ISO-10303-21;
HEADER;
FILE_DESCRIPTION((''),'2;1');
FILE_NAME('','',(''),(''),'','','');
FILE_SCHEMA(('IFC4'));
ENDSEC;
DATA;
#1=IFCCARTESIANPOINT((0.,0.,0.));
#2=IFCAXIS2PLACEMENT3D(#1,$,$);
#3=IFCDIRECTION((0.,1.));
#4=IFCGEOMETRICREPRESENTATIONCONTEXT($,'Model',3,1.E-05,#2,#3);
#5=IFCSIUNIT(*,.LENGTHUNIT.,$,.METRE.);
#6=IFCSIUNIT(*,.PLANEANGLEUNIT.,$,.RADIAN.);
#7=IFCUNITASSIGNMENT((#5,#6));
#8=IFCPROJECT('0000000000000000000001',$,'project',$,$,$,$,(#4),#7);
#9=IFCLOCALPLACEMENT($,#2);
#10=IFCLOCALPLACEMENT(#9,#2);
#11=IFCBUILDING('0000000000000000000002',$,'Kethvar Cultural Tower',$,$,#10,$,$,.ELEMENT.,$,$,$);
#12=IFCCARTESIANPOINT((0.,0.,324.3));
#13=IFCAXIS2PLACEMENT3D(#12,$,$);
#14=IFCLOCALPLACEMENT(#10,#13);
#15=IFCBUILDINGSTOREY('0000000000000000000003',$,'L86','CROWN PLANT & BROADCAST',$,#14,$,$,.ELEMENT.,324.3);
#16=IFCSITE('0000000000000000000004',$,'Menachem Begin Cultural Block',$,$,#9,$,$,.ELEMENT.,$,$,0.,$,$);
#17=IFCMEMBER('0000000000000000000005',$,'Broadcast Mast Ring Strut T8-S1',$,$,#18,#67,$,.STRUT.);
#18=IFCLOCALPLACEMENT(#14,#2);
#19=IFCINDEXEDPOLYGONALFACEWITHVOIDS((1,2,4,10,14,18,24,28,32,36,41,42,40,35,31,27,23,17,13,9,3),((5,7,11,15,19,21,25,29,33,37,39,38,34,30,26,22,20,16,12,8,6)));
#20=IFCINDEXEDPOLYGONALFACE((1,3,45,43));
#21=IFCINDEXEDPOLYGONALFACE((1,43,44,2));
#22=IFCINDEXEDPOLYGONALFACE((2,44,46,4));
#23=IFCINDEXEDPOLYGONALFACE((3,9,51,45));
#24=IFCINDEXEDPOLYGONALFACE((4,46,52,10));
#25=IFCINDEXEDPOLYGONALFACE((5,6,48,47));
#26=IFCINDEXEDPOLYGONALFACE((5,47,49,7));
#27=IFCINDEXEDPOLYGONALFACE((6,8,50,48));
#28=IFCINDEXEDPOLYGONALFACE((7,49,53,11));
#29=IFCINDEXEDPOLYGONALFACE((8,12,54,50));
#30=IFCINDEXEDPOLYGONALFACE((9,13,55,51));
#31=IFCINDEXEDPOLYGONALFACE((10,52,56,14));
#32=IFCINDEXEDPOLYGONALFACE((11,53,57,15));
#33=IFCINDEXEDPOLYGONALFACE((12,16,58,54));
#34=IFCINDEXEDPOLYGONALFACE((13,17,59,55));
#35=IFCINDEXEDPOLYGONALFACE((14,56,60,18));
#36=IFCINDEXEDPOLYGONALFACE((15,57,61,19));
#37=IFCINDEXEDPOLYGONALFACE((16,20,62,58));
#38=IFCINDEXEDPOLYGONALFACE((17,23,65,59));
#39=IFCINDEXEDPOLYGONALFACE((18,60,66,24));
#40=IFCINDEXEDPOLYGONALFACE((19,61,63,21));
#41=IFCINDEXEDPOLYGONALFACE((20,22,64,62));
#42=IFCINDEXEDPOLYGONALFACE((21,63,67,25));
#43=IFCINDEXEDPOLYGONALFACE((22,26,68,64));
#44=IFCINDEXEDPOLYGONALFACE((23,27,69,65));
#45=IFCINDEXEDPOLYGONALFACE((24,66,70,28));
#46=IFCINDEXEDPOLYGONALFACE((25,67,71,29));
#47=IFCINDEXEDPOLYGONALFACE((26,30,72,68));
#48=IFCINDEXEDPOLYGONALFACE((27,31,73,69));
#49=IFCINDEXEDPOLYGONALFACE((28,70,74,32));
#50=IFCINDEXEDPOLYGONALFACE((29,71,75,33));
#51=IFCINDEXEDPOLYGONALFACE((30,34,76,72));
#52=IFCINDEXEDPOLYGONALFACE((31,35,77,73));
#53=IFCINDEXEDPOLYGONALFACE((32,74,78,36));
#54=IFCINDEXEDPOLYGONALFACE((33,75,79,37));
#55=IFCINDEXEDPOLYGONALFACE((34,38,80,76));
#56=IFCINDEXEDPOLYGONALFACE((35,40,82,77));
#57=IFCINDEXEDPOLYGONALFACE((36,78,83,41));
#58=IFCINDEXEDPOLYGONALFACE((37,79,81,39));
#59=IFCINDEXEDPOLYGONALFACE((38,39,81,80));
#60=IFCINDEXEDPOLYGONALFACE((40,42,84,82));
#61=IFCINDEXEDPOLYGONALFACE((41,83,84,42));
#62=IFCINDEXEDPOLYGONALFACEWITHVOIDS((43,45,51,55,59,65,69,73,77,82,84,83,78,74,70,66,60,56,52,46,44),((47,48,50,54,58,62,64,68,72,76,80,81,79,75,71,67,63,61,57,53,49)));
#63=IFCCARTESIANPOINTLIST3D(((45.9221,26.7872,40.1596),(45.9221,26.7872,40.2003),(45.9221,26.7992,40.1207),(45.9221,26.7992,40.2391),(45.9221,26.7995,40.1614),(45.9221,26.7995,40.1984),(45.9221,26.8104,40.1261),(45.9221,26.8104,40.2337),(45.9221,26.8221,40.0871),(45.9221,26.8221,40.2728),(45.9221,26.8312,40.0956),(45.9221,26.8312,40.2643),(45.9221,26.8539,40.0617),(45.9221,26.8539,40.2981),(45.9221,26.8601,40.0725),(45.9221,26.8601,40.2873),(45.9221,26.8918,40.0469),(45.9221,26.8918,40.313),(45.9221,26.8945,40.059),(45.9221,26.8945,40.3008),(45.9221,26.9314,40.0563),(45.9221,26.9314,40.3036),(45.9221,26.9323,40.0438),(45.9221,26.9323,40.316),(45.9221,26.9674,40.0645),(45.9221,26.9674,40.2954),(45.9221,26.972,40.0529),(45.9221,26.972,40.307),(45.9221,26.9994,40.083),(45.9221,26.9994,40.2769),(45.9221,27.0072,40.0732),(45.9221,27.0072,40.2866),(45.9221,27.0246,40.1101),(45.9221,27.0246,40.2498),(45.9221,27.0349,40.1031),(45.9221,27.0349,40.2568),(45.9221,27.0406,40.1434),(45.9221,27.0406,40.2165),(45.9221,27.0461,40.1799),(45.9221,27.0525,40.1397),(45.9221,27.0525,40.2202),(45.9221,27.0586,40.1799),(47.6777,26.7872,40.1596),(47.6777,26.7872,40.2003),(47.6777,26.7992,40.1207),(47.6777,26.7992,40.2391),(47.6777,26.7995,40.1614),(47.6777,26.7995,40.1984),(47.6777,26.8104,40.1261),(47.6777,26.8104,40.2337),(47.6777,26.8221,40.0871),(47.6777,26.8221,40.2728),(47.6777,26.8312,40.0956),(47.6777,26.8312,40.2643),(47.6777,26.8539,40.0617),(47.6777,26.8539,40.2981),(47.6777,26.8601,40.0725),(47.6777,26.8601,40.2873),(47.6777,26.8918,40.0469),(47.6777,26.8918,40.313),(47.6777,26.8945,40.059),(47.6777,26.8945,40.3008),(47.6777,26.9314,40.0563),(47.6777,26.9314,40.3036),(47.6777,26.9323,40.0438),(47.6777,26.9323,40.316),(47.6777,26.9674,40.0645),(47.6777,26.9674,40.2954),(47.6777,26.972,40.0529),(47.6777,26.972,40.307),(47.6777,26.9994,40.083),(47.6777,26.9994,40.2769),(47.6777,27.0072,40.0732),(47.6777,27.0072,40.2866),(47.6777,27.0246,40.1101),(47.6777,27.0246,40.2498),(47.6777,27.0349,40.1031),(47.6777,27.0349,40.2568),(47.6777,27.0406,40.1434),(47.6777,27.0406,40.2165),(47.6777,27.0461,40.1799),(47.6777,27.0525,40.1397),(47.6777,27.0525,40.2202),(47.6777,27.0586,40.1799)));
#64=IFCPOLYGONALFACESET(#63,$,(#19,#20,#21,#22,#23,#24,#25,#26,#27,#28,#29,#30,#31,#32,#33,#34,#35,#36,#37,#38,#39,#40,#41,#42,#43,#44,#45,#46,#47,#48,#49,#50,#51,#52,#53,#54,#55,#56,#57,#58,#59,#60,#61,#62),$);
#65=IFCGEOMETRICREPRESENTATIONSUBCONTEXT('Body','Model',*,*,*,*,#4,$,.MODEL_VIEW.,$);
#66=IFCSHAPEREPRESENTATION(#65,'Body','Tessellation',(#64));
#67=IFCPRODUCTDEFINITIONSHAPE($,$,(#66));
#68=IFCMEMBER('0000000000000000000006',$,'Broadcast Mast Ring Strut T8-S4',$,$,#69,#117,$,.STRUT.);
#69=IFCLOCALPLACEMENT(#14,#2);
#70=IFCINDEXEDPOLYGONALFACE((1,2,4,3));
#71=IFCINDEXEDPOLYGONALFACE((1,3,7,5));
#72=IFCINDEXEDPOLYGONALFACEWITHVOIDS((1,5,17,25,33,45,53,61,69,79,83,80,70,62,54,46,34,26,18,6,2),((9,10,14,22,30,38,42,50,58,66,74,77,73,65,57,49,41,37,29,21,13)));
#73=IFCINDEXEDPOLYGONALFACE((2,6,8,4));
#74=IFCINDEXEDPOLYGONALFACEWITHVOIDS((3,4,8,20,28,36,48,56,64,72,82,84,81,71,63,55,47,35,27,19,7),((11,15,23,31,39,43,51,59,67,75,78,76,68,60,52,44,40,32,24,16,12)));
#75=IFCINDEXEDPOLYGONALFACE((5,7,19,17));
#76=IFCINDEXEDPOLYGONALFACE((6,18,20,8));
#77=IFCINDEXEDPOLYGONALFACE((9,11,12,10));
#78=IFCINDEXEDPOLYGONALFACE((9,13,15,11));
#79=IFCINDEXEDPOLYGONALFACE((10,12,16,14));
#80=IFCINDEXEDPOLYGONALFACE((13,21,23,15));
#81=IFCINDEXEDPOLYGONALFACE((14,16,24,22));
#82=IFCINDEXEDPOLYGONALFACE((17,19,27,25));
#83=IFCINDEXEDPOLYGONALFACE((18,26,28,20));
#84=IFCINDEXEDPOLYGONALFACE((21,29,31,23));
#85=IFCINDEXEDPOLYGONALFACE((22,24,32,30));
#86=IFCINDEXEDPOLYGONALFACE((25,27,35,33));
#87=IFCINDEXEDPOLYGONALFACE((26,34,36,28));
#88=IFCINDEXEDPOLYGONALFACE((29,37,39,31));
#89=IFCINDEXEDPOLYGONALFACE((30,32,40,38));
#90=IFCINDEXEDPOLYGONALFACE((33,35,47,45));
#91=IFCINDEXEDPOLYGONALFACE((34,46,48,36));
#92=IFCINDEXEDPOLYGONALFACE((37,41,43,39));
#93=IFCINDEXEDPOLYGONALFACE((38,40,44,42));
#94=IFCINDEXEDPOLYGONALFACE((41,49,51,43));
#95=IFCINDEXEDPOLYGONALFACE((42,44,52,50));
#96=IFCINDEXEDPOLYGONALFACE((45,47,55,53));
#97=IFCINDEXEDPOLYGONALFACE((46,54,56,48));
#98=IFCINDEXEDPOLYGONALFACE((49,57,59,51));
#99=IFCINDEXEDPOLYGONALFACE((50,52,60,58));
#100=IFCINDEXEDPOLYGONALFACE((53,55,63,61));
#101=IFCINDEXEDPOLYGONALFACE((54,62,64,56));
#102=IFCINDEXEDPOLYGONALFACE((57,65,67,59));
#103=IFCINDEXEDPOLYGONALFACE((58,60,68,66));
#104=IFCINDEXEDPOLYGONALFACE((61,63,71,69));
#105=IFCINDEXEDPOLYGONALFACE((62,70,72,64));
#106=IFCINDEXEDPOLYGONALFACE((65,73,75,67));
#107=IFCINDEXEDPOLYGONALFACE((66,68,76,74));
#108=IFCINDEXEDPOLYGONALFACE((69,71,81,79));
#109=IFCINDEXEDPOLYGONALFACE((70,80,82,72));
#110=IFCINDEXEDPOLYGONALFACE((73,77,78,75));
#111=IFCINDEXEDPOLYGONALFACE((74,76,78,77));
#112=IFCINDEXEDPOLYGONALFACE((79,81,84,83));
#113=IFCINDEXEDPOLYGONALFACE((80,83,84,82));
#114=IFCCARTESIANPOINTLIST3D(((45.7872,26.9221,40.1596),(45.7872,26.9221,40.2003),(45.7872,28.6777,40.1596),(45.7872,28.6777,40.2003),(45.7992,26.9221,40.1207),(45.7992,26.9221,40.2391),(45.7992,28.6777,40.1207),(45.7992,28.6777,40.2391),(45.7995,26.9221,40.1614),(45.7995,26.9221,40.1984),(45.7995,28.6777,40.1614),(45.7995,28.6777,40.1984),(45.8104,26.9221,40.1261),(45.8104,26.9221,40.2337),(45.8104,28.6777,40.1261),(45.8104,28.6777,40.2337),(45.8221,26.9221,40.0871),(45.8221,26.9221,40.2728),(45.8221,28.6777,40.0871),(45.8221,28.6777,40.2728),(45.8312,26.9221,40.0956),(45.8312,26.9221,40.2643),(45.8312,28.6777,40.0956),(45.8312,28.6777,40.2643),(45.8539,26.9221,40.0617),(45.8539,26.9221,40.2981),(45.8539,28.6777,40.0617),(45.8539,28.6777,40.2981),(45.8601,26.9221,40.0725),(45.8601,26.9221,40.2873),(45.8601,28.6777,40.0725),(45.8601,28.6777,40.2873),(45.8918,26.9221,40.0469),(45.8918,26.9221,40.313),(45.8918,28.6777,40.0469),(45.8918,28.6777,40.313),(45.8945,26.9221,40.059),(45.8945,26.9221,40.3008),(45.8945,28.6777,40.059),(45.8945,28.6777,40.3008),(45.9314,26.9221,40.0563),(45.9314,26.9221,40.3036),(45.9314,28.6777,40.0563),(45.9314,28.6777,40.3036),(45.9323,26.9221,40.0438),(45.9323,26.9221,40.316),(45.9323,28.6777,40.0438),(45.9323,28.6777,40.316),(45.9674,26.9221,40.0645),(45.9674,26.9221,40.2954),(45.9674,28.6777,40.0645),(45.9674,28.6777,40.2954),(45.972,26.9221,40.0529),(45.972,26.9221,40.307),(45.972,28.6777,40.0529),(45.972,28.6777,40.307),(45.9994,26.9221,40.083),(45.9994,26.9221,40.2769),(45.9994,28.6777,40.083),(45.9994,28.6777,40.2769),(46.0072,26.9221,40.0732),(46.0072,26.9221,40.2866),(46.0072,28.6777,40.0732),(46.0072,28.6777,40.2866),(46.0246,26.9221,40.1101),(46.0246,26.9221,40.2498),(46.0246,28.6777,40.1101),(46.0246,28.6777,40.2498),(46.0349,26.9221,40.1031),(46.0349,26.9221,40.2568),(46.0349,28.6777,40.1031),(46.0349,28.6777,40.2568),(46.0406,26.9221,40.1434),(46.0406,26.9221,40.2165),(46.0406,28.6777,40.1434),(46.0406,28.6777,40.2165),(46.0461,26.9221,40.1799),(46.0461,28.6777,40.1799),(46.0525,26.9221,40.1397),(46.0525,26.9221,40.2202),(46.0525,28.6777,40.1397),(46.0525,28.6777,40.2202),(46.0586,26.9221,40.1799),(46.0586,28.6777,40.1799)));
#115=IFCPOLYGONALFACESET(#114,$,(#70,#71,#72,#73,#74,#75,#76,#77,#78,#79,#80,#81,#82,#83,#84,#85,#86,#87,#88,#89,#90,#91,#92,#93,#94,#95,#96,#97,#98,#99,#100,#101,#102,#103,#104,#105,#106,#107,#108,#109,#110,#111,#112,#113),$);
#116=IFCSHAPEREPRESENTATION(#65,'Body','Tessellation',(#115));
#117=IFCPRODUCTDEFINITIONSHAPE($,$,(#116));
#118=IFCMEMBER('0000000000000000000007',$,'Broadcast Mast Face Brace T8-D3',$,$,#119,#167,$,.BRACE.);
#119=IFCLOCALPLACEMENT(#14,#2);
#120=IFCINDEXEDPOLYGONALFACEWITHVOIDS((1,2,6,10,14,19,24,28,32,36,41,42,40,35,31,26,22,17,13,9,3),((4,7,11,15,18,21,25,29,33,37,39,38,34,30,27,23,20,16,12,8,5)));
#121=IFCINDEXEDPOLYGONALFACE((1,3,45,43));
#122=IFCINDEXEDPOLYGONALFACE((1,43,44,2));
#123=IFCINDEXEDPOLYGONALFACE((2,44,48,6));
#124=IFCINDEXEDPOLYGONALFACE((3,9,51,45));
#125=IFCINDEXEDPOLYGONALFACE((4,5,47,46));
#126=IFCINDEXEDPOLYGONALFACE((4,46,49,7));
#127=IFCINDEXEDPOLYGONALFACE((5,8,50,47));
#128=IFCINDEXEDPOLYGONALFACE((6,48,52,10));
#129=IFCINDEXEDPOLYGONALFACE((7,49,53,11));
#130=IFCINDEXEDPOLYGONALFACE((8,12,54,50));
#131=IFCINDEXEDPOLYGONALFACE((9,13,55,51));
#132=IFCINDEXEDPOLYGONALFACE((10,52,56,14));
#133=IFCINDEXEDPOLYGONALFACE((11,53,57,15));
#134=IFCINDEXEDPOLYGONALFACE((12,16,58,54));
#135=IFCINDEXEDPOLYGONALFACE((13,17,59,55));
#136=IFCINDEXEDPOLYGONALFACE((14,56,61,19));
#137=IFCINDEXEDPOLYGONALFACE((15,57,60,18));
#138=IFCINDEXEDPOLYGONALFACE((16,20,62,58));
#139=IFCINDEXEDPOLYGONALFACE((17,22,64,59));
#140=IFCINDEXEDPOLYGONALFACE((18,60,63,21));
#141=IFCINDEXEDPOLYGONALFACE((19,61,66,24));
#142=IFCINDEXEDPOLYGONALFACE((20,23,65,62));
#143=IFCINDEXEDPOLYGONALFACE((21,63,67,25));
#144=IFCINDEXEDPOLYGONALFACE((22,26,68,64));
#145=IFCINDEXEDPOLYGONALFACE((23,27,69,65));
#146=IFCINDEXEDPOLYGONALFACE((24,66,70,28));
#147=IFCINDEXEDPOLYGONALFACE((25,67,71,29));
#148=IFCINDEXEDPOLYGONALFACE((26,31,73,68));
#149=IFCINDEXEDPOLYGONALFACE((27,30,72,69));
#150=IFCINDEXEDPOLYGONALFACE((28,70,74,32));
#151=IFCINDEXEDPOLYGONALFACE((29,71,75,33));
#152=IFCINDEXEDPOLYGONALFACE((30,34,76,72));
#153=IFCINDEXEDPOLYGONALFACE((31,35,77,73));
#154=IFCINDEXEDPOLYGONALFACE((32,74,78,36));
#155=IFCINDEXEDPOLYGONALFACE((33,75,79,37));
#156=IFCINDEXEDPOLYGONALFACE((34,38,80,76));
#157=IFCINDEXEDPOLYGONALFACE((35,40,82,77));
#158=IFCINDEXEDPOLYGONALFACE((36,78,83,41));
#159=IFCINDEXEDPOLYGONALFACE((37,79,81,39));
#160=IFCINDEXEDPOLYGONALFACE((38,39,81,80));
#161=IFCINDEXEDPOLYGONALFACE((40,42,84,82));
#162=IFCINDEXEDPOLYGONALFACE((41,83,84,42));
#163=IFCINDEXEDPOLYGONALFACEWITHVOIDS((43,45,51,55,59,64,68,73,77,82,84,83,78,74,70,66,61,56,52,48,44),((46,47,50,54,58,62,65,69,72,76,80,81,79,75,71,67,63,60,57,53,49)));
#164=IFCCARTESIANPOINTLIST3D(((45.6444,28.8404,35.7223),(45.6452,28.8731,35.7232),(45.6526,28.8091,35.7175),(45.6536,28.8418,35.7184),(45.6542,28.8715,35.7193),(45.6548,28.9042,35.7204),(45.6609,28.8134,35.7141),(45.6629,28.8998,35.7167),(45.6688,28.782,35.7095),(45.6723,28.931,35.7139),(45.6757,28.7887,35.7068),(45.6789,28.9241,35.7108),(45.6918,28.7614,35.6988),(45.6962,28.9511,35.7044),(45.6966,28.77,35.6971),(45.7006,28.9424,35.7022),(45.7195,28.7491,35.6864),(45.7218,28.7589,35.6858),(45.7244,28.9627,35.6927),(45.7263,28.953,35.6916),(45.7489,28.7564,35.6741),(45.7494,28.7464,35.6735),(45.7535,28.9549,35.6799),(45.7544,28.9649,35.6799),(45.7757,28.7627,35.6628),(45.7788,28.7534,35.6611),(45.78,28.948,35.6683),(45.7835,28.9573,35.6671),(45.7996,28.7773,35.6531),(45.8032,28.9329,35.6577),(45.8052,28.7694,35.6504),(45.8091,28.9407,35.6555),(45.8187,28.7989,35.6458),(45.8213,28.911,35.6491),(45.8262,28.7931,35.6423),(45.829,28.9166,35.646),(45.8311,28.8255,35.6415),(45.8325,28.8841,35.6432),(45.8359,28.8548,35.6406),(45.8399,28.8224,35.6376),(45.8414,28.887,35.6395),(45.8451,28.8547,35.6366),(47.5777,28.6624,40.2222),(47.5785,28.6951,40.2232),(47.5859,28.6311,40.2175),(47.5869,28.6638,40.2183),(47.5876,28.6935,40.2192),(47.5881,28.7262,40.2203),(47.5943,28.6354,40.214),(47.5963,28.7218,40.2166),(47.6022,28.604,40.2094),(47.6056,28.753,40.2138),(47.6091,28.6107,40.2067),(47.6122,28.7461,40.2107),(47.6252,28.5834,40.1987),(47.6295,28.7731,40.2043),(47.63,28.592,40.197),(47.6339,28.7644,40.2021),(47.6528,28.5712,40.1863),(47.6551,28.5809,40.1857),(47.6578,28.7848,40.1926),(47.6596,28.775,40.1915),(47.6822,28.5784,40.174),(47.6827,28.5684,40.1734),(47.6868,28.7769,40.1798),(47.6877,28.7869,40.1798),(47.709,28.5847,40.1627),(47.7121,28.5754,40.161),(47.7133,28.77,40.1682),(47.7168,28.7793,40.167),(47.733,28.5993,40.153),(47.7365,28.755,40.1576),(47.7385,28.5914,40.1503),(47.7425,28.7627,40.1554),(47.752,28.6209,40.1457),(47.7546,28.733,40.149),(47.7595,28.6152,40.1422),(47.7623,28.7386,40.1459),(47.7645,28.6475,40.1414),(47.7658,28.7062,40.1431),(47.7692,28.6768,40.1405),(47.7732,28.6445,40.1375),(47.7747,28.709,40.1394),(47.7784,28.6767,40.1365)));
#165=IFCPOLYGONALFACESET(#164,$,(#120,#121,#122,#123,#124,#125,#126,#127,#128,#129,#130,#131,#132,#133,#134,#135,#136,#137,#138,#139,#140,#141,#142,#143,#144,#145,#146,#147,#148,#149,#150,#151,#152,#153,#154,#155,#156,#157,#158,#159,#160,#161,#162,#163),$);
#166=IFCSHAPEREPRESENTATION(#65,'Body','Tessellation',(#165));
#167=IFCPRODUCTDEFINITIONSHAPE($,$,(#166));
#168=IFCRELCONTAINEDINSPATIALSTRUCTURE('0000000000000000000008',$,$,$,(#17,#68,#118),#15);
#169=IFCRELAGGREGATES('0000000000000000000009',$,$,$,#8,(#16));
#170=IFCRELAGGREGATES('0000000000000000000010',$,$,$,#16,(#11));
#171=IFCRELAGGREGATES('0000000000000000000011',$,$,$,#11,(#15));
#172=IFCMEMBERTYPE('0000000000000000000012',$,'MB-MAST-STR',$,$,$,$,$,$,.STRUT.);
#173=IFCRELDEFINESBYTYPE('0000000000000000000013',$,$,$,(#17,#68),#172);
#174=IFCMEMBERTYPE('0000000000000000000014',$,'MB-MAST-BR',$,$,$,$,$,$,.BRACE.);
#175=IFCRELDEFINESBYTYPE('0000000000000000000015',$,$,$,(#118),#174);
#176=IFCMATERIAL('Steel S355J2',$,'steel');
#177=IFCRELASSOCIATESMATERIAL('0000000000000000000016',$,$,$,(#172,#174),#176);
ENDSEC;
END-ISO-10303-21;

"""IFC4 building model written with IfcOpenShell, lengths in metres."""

from ifc_helpers import new_model, si_unit, direction, frame, origin, origin_2d, place, context, subcontext, project, spatial, hollow_circle, extrude, source, transform, mapped, material, material_profile, profile_set, type_object, element, save


model = new_model("IFC4")

# Units and contexts
model_context = context("Model", 3, precision=1e-05, world=origin(), true_north=direction((0.0, 1.0)))
body_context = subcontext(model_context, "Body", "Model", "MODEL_VIEW")
ifc_project = project(units=[si_unit("LENGTHUNIT", "METRE"), si_unit("PLANEANGLEUNIT", "RADIAN")], contexts=[model_context])

# Site, building, storey
site_placement = place(None, origin())
site = spatial("IfcSite", under=ifc_project, at=site_placement, Name="Menachem Begin Cultural Block", CompositionType="ELEMENT", RefElevation=0.0)
building_placement = place(site_placement, origin())
building = spatial("IfcBuilding", under=site, at=building_placement, Name="Kethvar Cultural Tower", CompositionType="ELEMENT")
storey_placement = place(building_placement, frame((0.0, 0.0, 324.3)))
storey = spatial("IfcBuildingStorey", under=building, at=storey_placement, Name="L86", Description="CROWN PLANT & BROADCAST", CompositionType="ELEMENT", Elevation=324.3)

# Shared definitions
ifc_material_1 = material(Name="Steel S355J2", Category="steel")

# Members
ifc_material_profile_1 = material_profile(ifc_material_1, hollow_circle(Radius=0.1365, WallThickness=0.0125, at=origin_2d()), Name="Steel S355J2 — CHS273x12.5")
ifc_profile_set_1 = profile_set([ifc_material_profile_1], Name="Steel S355J2 — CHS273x12.5")
member_type_1 = type_object("IfcMemberType", Name="MB-MAST-STR", PredefinedType="STRUT", material=ifc_profile_set_1)
ifc_material_profile_2 = material_profile(ifc_material_1, hollow_circle(Radius=0.1096, WallThickness=0.01, at=origin_2d()), Name="Steel S355J2 — CHS219x10")
ifc_profile_set_2 = profile_set([ifc_material_profile_2], Name="Steel S355J2 — CHS219x10")
member_type_2 = type_object("IfcMemberType", Name="MB-MAST-BR", PredefinedType="BRACE", material=ifc_profile_set_2)
shared_shape_1 = source(origin(), body_context, "Body", "SweptSolid", [
    extrude(hollow_circle(Radius=0.1365, WallThickness=0.0125, at=origin_2d()), origin(), (0.0, 0.0, 1.0), 1.7556),
])
for number, where, z_axis, x_axis, name in (
    (1, (45.9221, 26.9221, 40.1799), (1.0, 0.0, 0.0), (0.0, 1.0, 0.0), "Broadcast Mast Ring Strut T8-S1"),
    (2, (45.9221, 28.6777, 40.1799), (0.0, -1.0, 0.0), (1.0, 0.0, 0.0), "Broadcast Mast Ring Strut T8-S4"),
):
    element("IfcMember", number, at=place(storey_placement, frame(where, z_axis=z_axis, x_axis=x_axis)), inside=storey, type_object=member_type_1, Name=name, PredefinedType="STRUT", context=body_context, shape_type="MappedRepresentation", body=[
        mapped(shared_shape_1, transform((0.0, 0.0, 0.0), scale=1.0)),
    ])
shared_shape_2 = source(origin(), body_context, "Body", "SweptSolid", [
    extrude(hollow_circle(Radius=0.1096, WallThickness=0.01, at=origin_2d()), origin(), (0.0, 0.0, 1.0), 4.9009),
])
member_1_placement = place(storey_placement, frame((45.7444, 28.8557, 35.6799), z_axis=(0.394483, -0.036315, 0.918185), x_axis=(0.091669, 0.995789, 0.0)))
element("IfcMember", 3, at=member_1_placement, inside=storey, type_object=member_type_2, Name="Broadcast Mast Face Brace T8-D3", PredefinedType="BRACE", context=body_context, shape_type="MappedRepresentation", body=[
    mapped(shared_shape_2, transform((0.0, 0.0, 0.0), scale=1.0)),
])

save(model, "model.ifc")
